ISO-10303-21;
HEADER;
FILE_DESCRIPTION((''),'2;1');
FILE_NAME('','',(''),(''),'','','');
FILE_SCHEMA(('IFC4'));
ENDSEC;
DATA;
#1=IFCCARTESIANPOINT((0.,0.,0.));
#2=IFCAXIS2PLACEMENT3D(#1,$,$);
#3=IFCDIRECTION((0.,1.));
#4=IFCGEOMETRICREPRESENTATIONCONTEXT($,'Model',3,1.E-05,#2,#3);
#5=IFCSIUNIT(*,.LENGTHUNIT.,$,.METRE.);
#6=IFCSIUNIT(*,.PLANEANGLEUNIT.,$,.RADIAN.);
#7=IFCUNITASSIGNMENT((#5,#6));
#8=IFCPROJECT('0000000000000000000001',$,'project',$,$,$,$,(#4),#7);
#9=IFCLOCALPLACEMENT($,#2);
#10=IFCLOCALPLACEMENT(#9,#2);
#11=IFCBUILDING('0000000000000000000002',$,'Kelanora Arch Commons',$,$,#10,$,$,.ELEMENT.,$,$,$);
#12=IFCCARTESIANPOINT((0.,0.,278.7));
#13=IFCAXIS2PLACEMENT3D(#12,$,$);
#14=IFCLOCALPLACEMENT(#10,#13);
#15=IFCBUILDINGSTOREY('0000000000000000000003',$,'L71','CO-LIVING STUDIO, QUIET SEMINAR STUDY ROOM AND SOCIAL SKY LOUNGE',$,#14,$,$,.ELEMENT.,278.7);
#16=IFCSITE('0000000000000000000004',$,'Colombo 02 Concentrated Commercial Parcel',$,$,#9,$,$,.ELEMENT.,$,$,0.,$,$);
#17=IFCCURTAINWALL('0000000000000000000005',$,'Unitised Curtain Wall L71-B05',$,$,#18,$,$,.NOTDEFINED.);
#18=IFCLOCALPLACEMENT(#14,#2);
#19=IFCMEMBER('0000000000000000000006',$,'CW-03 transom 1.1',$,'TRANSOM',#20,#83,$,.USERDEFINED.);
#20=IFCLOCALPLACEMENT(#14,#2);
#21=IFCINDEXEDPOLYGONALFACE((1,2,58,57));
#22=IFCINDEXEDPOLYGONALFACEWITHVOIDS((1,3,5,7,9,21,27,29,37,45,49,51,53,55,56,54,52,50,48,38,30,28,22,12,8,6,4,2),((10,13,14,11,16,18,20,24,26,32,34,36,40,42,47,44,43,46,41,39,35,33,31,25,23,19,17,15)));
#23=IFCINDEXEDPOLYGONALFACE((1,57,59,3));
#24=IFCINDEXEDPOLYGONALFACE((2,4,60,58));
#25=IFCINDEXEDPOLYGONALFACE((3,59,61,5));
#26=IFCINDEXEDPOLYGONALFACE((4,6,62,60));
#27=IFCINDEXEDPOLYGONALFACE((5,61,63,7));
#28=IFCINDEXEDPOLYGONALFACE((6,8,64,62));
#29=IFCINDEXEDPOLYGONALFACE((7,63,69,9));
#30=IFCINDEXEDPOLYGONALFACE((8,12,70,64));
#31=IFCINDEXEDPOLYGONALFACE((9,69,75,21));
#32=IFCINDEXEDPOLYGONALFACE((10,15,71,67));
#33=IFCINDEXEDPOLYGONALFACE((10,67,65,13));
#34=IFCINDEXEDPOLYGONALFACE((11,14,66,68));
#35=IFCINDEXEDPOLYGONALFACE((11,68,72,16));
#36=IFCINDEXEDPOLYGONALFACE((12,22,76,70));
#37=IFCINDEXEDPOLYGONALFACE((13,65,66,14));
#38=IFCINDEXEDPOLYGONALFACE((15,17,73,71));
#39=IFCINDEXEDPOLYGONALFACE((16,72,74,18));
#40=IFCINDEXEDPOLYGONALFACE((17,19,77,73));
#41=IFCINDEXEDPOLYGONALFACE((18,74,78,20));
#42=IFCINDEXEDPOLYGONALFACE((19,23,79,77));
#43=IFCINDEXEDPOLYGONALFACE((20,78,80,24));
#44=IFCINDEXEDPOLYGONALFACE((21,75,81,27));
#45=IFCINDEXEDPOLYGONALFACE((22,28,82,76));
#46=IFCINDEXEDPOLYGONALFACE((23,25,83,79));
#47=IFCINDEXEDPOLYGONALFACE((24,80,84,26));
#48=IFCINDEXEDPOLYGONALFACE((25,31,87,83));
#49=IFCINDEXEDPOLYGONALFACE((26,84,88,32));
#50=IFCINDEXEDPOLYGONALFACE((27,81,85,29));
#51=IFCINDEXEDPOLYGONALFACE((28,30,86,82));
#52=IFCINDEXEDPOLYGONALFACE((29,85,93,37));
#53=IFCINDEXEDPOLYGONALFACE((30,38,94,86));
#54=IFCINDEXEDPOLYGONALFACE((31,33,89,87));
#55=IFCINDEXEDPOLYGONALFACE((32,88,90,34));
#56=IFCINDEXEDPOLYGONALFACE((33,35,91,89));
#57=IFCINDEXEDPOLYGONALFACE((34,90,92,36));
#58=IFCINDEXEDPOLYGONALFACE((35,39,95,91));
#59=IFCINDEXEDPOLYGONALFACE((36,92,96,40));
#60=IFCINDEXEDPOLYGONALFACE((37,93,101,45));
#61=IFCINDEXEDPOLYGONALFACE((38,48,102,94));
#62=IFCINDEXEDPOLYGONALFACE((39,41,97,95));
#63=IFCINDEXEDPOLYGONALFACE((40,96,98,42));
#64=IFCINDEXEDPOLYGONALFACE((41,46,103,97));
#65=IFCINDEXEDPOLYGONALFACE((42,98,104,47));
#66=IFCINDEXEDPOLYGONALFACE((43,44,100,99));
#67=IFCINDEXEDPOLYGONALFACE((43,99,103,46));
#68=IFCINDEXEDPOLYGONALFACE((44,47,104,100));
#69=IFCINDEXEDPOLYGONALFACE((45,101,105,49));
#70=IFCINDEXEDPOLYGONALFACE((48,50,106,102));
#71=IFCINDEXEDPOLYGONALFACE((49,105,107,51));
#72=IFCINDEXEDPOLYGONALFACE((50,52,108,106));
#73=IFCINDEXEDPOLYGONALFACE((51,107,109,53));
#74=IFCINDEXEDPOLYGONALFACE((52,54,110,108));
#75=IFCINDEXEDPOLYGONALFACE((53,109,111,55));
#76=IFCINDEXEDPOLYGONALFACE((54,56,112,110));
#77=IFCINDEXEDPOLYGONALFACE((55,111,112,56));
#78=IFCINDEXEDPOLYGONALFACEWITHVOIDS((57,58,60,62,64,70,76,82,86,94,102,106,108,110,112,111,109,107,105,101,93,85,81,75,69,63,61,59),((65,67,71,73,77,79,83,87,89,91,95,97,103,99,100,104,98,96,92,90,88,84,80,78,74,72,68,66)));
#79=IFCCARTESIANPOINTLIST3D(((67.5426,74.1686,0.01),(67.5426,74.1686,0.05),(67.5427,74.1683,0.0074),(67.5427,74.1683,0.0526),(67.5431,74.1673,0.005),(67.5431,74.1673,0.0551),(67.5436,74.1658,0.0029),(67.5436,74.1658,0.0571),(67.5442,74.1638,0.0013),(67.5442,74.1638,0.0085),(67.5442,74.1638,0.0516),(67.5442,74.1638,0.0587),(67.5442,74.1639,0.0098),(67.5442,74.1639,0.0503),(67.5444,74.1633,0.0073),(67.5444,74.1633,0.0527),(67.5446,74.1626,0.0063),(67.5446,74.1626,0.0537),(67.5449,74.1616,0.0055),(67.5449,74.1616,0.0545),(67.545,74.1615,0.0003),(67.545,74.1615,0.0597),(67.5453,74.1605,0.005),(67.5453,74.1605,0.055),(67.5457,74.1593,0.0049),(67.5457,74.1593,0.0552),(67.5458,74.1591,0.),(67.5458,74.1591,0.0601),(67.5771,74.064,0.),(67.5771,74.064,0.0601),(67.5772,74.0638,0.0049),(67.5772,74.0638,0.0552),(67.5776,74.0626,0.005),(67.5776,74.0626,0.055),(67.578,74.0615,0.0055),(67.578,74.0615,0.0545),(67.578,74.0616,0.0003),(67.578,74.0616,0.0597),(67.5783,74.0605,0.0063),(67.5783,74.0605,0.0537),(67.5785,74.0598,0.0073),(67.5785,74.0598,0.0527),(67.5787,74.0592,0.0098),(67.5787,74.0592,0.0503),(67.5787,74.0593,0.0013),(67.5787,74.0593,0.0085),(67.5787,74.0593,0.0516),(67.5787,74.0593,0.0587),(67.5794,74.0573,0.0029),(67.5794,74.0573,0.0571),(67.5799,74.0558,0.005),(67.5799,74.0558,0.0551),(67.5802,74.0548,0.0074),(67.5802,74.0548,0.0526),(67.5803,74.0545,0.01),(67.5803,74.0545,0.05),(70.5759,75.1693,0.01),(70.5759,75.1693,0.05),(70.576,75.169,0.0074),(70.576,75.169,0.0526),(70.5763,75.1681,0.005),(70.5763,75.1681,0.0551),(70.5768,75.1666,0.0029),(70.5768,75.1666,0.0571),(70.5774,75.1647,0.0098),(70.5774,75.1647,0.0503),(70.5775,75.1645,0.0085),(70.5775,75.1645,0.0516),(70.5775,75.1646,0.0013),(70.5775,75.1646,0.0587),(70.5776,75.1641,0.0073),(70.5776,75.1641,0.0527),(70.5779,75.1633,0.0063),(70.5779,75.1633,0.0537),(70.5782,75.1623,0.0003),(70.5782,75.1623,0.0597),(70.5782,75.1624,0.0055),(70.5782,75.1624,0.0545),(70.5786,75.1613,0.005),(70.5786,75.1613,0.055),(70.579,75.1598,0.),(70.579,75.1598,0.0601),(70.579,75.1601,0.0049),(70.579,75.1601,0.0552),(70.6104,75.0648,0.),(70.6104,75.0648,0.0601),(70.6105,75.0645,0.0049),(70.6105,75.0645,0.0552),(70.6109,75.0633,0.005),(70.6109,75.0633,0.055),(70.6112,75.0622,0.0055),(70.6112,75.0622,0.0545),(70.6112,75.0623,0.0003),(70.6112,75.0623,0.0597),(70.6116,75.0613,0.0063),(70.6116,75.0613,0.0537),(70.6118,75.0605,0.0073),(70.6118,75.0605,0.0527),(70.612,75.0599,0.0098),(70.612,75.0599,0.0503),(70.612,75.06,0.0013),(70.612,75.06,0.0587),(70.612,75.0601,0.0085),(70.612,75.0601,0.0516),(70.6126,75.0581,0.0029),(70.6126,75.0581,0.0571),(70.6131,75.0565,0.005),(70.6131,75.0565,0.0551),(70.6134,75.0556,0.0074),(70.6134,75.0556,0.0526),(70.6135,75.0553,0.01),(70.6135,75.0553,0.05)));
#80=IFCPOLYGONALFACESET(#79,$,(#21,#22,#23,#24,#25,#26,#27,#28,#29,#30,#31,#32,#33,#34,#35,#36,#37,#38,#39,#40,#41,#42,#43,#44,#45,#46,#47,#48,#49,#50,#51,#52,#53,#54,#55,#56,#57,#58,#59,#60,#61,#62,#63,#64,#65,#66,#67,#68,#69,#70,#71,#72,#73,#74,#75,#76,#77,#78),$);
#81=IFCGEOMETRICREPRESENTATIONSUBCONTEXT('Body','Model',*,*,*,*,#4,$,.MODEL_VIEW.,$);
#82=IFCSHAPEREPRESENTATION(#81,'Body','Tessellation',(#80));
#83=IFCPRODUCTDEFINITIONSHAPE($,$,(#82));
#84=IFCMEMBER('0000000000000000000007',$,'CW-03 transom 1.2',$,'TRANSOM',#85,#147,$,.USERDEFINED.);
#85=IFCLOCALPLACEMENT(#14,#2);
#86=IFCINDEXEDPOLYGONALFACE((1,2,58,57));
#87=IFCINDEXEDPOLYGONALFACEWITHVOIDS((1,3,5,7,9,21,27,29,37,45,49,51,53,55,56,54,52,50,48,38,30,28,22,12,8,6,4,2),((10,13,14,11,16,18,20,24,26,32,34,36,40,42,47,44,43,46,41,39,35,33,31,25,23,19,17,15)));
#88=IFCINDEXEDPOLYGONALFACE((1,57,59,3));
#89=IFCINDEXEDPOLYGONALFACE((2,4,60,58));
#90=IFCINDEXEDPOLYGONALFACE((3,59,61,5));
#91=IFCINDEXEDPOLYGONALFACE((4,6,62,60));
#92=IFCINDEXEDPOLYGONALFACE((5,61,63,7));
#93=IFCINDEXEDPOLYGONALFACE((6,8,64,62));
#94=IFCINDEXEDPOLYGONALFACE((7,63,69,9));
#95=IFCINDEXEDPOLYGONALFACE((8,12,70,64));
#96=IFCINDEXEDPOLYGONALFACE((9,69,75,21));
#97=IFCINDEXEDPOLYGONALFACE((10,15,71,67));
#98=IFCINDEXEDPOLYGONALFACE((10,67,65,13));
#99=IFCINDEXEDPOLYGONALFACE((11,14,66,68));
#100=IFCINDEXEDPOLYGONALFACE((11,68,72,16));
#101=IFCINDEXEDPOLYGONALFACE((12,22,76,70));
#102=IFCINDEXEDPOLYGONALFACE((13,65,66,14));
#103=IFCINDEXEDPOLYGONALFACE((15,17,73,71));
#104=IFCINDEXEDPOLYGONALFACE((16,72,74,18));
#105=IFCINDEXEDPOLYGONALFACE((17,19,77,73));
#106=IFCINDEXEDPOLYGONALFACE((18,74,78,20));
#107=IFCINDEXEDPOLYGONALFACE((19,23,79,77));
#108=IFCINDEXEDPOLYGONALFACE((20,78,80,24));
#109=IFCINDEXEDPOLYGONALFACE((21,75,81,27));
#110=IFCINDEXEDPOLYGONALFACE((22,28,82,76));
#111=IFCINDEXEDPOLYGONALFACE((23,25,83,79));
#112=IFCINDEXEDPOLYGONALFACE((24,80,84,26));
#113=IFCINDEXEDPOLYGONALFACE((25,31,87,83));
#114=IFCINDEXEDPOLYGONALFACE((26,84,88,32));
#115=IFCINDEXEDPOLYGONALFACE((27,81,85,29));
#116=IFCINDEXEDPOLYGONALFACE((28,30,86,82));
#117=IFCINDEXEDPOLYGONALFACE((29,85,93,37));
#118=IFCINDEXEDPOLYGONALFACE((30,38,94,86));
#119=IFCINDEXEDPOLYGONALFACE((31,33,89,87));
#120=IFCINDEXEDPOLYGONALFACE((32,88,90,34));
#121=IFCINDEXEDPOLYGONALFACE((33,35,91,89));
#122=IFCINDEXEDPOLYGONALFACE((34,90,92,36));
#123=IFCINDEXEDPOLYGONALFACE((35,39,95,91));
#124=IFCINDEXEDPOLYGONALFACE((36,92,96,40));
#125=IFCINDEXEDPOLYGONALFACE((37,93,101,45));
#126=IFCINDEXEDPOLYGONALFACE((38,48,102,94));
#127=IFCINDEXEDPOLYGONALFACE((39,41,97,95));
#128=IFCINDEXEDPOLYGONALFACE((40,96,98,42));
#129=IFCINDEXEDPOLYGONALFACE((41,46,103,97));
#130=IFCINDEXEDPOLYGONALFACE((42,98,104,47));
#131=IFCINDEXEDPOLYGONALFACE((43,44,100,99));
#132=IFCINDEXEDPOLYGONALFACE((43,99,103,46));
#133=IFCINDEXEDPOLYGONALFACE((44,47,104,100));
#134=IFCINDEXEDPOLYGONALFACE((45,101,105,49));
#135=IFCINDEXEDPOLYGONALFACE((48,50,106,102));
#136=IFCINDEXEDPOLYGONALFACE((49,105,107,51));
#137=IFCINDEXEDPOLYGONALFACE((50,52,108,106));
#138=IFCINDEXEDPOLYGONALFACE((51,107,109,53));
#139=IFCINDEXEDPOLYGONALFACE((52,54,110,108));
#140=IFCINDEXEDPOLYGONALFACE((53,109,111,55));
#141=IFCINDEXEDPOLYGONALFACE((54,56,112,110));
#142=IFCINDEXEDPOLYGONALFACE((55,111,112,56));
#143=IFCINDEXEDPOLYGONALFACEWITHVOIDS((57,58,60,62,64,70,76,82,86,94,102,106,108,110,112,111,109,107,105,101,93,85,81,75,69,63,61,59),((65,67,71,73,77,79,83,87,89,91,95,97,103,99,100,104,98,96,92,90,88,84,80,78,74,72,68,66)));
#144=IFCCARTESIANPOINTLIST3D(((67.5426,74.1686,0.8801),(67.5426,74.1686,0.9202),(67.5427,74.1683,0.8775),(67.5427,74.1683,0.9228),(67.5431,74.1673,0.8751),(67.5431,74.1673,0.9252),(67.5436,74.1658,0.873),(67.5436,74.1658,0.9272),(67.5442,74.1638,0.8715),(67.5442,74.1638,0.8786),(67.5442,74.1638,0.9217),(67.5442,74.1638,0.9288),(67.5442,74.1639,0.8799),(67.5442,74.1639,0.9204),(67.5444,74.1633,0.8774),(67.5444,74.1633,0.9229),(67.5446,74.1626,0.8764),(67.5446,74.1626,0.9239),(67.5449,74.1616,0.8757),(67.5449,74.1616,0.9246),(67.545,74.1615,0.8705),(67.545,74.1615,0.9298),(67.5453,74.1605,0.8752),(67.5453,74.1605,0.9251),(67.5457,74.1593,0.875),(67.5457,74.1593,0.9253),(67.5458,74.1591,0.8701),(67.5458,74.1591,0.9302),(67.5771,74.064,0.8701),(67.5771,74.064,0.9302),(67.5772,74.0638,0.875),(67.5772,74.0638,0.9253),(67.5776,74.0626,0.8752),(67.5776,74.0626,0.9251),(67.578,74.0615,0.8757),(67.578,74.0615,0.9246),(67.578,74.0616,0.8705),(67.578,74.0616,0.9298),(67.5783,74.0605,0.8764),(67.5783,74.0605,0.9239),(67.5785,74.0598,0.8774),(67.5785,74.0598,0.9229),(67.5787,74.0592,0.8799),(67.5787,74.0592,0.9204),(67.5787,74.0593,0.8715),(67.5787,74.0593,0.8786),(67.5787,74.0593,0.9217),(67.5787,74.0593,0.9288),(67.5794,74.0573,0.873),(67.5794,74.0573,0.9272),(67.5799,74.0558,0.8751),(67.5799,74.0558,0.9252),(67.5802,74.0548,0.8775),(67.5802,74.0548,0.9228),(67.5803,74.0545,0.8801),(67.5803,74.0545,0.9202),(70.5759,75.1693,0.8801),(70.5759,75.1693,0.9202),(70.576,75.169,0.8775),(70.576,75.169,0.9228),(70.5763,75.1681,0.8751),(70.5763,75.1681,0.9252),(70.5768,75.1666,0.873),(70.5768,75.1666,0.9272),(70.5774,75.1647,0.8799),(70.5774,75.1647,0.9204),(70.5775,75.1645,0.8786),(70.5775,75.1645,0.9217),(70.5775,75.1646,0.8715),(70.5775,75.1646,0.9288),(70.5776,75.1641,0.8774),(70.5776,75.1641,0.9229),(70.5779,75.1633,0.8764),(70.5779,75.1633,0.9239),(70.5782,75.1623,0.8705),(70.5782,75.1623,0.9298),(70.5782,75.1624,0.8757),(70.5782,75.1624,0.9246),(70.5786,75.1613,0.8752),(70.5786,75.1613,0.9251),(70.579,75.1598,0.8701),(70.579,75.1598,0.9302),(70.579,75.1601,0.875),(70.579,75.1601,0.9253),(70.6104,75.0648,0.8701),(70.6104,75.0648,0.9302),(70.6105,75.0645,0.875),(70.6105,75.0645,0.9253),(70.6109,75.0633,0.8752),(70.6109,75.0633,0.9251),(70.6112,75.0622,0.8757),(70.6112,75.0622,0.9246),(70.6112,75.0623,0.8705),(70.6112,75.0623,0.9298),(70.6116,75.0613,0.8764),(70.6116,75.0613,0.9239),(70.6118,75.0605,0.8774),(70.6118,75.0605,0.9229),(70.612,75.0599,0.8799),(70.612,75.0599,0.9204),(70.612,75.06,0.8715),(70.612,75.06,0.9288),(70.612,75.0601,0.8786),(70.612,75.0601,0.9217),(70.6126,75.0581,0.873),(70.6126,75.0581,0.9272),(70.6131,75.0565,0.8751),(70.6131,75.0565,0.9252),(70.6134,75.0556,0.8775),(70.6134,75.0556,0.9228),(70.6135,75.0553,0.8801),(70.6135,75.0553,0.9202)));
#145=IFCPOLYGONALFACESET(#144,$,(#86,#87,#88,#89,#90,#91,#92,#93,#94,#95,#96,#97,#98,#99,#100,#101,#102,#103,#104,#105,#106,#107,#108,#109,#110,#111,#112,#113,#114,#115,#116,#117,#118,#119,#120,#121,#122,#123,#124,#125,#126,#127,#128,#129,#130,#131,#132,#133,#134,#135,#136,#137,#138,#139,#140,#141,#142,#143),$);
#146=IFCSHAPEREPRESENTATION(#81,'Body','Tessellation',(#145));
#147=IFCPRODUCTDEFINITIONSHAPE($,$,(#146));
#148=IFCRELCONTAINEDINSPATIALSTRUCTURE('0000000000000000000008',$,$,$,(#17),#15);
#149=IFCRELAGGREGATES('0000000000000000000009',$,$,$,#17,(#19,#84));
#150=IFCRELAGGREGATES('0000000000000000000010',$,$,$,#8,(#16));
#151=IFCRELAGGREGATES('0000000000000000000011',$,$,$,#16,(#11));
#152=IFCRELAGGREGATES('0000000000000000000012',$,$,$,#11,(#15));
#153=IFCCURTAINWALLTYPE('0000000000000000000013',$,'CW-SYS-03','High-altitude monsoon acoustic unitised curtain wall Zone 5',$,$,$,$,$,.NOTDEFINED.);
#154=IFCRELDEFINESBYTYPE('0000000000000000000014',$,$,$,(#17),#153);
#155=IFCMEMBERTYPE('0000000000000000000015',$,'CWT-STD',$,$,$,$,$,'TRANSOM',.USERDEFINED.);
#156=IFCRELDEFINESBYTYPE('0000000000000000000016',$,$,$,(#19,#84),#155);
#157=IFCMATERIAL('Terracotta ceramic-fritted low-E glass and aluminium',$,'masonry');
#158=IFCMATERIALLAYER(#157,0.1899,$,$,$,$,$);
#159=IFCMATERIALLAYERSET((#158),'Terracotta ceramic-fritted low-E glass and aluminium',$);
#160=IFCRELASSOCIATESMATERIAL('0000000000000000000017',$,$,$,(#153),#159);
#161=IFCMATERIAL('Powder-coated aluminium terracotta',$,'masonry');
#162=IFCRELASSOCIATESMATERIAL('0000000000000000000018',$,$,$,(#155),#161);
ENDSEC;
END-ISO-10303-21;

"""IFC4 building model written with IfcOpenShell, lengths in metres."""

from ifc_helpers import new_model, si_unit, direction, frame, origin, origin_2d, place, context, subcontext, project, spatial, hollow_rectangle, extrude, material, layer, layer_set, material_profile, profile_set, type_object, element, aggregate, save


model = new_model("IFC4")

# Units and contexts
model_context = context("Model", 3, precision=1e-05, world=origin(), true_north=direction((0.0, 1.0)))
body_context = subcontext(model_context, "Body", "Model", "MODEL_VIEW")
ifc_project = project(units=[si_unit("LENGTHUNIT", "METRE"), si_unit("PLANEANGLEUNIT", "RADIAN")], contexts=[model_context])

# Site, building, storey
site_placement = place(None, origin())
site = spatial("IfcSite", under=ifc_project, at=site_placement, Name="Colombo 02 Concentrated Commercial Parcel", CompositionType="ELEMENT", RefElevation=0.0)
building_placement = place(site_placement, origin())
building = spatial("IfcBuilding", under=site, at=building_placement, Name="Kelanora Arch Commons", CompositionType="ELEMENT")
storey_placement = place(building_placement, frame((0.0, 0.0, 278.7)))
storey = spatial("IfcBuildingStorey", under=building, at=storey_placement, Name="L71", Description="CO-LIVING STUDIO, QUIET SEMINAR STUDY ROOM AND SOCIAL SKY LOUNGE", CompositionType="ELEMENT", Elevation=278.7)

# Curtain wall, members
ifc_material_1 = material(Name="Terracotta ceramic-fritted low-E glass and aluminium", Category="masonry")
ifc_layer_1 = layer(ifc_material_1, 0.1899)
ifc_layer_set_1 = layer_set([ifc_layer_1], Name="Terracotta ceramic-fritted low-E glass and aluminium")
curtain_wall_type = type_object("IfcCurtainWallType", Name="CW-SYS-03", Description="High-altitude monsoon acoustic unitised curtain wall Zone 5", PredefinedType="NOTDEFINED", material=ifc_layer_set_1)
curtain_wall_placement = place(storey_placement, origin())
curtain_wall = element("IfcCurtainWall", 1, at=curtain_wall_placement, inside=storey, type_object=curtain_wall_type, Name="Unitised Curtain Wall L71-B05", PredefinedType="NOTDEFINED")
ifc_material_2 = material(Name="Powder-coated aluminium terracotta", Category="masonry")
ifc_material_profile_1 = material_profile(ifc_material_2, hollow_rectangle(XDim=0.1201, YDim=0.0601, WallThickness=0.0049, InnerFilletRadius=0.0049, OuterFilletRadius=0.01, at=origin_2d()), Name="CWT120x60")
ifc_profile_set_1 = profile_set([ifc_material_profile_1], Name="Powder-coated aluminium terracotta")
member_type_1 = type_object("IfcMemberType", Name="CWT-STD", ElementType="TRANSOM", PredefinedType="USERDEFINED", material=ifc_profile_set_1)
member_1_placement = place(storey_placement, frame((70.5947, 75.1123, 0.03), z_axis=(-0.94965, -0.313314, 0.0), x_axis=(0.313314, -0.94965, 0.0)))
member_1 = element("IfcMember", 2, at=member_1_placement, type_object=member_type_1, Name="CW-03 transom 1.1", ObjectType="TRANSOM", PredefinedType="USERDEFINED", context=body_context, shape_type="SweptSolid", body=[
    extrude(hollow_rectangle(XDim=0.1201, YDim=0.0601, WallThickness=0.0049, InnerFilletRadius=0.0049, OuterFilletRadius=0.01, at=origin_2d()), origin(), (0.0, 0.0, 1.0), 3.1941),
])
member_2_placement = place(storey_placement, frame((70.5947, 75.1123, 0.9001), z_axis=(-0.94965, -0.313314, 0.0), x_axis=(0.313314, -0.94965, 0.0)))
member_2 = element("IfcMember", 3, at=member_2_placement, type_object=member_type_1, Name="CW-03 transom 1.2", ObjectType="TRANSOM", PredefinedType="USERDEFINED", context=body_context, shape_type="SweptSolid", body=[
    extrude(hollow_rectangle(XDim=0.1201, YDim=0.0601, WallThickness=0.0049, InnerFilletRadius=0.0049, OuterFilletRadius=0.01, at=origin_2d()), origin(), (0.0, 0.0, 1.0), 3.1941),
])
aggregate(curtain_wall, [member_1, member_2])

save(model, "model.ifc")
